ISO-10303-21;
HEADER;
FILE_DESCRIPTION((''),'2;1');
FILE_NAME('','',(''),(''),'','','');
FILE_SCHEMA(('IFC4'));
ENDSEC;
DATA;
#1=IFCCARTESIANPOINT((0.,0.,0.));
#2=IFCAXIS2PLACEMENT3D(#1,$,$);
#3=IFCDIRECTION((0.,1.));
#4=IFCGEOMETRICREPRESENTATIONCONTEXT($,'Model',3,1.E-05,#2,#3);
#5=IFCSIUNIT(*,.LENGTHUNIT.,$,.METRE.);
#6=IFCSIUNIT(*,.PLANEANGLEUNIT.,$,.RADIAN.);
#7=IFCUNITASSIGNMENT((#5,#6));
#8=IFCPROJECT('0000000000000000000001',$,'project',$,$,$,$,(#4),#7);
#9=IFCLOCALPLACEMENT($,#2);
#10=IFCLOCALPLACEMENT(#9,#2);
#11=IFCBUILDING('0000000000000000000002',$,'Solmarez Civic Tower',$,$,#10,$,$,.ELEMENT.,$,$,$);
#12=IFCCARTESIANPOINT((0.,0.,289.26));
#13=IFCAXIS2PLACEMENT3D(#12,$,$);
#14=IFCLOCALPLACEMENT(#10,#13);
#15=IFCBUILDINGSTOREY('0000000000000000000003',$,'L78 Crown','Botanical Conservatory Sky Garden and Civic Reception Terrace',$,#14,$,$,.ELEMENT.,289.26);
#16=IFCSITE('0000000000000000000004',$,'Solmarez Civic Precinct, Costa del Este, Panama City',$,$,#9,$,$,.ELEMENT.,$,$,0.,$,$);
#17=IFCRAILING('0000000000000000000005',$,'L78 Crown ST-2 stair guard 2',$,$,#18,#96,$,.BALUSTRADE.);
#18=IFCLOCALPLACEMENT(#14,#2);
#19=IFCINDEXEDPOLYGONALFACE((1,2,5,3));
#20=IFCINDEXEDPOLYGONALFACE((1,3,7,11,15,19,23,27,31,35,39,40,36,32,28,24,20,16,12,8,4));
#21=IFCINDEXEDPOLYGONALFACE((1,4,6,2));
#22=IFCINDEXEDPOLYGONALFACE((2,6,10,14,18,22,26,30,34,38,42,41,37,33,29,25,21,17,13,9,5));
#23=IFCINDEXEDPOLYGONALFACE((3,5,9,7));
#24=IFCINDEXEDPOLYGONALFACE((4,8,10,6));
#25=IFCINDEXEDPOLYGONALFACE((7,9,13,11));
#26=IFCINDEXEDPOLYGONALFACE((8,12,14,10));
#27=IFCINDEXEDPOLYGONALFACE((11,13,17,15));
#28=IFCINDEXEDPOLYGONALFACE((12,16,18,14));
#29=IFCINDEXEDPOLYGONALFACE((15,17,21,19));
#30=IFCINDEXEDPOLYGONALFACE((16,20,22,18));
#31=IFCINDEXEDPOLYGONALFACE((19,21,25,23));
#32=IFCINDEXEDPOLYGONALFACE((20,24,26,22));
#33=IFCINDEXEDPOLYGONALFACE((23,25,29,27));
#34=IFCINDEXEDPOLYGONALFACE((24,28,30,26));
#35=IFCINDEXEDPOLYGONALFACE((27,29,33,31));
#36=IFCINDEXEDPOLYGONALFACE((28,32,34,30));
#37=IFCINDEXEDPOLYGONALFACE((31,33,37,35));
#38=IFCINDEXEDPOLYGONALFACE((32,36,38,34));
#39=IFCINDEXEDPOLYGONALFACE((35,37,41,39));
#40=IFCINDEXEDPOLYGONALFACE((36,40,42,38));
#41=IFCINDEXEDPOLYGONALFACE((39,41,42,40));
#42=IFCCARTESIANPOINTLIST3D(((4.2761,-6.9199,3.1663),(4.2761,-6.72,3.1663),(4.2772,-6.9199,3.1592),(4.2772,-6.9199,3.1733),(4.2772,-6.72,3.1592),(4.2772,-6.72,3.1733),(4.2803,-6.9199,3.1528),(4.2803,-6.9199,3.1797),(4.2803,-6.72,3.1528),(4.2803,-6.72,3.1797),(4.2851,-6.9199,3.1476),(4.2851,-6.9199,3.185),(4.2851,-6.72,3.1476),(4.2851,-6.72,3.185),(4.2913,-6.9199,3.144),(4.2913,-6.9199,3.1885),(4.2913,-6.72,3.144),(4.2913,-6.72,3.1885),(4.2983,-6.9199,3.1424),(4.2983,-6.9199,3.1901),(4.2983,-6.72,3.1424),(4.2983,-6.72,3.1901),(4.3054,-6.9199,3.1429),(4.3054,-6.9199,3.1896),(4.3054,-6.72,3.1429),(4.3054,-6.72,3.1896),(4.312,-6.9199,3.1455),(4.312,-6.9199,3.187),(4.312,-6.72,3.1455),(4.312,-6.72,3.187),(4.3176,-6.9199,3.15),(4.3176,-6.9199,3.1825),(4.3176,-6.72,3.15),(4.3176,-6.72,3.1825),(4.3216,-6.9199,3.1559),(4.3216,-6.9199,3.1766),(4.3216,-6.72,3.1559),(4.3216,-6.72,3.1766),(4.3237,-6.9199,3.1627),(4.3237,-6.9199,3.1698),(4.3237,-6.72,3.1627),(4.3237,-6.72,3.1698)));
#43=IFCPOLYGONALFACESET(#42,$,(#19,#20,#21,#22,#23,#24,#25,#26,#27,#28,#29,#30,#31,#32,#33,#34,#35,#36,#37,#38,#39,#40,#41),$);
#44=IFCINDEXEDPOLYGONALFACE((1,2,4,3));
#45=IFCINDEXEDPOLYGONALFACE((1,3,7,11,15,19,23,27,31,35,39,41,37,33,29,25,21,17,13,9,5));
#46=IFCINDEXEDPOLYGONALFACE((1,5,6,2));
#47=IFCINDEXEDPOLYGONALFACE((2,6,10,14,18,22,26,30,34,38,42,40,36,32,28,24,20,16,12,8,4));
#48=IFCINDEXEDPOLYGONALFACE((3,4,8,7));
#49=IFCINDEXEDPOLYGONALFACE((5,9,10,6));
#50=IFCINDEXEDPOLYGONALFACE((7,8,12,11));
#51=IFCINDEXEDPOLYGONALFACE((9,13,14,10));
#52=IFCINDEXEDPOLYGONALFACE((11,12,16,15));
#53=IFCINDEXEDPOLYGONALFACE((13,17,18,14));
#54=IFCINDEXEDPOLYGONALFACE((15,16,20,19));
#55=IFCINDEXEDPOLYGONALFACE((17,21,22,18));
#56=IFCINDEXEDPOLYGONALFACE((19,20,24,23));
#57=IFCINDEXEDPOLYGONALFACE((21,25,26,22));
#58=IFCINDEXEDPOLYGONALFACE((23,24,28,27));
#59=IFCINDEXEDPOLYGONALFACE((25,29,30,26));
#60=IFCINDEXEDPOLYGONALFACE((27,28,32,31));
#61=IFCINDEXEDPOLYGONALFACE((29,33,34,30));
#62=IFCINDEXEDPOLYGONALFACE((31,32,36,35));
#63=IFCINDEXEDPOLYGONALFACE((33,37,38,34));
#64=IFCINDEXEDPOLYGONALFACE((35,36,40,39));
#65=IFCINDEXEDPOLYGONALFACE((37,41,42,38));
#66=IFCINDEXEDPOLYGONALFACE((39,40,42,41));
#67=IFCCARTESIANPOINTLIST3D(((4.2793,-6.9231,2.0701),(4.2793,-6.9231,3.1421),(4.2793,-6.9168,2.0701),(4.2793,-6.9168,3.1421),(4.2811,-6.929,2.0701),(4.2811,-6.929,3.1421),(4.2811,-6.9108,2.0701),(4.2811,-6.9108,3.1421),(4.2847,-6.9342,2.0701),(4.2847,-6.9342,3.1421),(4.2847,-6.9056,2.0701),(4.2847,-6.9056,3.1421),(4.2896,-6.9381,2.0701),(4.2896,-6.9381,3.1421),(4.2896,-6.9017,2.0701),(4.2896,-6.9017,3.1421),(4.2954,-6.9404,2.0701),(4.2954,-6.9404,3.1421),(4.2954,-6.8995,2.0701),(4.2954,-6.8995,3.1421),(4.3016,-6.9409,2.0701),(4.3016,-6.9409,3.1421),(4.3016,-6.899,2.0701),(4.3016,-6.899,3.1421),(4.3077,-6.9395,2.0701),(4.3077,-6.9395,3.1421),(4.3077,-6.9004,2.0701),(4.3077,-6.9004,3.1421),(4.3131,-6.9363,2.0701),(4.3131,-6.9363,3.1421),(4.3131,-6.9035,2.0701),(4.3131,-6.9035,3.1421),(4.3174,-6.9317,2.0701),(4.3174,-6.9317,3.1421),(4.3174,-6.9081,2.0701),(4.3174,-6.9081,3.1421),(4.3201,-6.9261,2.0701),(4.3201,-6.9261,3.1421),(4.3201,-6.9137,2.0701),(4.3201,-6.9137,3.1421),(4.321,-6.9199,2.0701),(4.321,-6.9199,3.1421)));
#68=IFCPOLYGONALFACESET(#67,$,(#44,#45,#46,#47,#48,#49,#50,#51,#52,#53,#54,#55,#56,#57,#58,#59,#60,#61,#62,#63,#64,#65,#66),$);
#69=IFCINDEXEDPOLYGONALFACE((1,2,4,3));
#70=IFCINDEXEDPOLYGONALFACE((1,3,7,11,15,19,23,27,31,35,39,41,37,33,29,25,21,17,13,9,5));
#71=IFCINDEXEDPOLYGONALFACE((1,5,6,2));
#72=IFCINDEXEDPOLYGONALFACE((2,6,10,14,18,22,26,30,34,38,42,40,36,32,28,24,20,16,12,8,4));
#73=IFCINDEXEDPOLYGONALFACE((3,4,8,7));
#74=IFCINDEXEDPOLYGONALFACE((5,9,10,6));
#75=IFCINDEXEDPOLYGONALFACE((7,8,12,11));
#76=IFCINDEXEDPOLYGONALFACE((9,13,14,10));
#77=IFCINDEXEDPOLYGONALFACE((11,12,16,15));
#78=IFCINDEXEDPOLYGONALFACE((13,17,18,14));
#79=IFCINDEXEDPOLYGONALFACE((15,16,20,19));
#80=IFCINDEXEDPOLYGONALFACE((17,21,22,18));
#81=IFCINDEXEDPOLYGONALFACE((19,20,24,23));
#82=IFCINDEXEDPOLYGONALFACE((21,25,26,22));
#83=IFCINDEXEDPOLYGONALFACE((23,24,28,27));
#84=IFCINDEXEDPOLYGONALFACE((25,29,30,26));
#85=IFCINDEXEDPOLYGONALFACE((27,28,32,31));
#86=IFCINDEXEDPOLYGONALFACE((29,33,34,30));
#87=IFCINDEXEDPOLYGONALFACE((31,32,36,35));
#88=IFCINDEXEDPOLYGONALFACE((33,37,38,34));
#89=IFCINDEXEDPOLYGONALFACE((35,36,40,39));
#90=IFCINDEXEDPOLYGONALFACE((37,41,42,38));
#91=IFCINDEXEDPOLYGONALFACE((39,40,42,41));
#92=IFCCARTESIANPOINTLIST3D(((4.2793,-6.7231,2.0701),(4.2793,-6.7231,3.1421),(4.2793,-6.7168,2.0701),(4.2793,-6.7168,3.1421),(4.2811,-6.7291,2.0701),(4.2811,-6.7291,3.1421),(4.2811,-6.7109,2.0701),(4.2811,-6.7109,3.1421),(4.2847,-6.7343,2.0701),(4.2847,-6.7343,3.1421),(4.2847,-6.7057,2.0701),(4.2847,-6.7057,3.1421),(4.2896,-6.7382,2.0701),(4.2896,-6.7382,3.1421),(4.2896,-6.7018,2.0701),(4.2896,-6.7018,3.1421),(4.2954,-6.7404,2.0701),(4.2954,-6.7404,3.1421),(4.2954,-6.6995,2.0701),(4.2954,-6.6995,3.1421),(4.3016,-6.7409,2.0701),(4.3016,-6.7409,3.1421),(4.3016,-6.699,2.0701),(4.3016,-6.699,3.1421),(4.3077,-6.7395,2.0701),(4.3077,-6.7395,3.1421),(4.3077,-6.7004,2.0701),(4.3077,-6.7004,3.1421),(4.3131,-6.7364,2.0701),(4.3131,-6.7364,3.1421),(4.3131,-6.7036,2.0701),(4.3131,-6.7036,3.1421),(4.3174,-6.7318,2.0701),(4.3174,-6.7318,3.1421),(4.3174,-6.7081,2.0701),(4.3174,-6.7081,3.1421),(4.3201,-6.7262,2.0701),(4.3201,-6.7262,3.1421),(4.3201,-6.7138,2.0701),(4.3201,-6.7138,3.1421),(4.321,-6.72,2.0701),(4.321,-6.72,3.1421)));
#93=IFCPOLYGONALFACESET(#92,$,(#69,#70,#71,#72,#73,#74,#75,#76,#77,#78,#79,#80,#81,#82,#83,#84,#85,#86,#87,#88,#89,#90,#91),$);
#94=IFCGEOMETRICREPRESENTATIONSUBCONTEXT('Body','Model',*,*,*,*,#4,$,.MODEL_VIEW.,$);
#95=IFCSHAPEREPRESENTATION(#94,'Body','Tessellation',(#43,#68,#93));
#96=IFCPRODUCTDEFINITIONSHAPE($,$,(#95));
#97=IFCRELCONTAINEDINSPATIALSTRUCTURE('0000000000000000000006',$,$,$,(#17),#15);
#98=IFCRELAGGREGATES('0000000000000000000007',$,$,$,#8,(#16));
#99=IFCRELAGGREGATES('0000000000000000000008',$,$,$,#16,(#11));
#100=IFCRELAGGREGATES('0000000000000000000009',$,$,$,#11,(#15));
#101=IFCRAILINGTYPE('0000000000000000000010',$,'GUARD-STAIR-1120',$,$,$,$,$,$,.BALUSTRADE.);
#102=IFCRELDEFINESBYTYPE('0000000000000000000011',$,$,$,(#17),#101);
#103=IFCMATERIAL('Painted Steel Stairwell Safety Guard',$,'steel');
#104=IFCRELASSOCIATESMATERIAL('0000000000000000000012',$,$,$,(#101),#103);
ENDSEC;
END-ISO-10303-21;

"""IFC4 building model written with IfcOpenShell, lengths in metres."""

from ifc_helpers import new_model, si_unit, direction, frame, origin, origin_2d, place, context, subcontext, project, spatial, circle, extrude, material, type_object, element, save


model = new_model("IFC4")

# Units and contexts
model_context = context("Model", 3, precision=1e-05, world=origin(), true_north=direction((0.0, 1.0)))
body_context = subcontext(model_context, "Body", "Model", "MODEL_VIEW")
ifc_project = project(units=[si_unit("LENGTHUNIT", "METRE"), si_unit("PLANEANGLEUNIT", "RADIAN")], contexts=[model_context])

# Site, building, storey
site_placement = place(None, origin())
site = spatial("IfcSite", under=ifc_project, at=site_placement, Name="Solmarez Civic Precinct, Costa del Este, Panama City", CompositionType="ELEMENT", RefElevation=0.0)
building_placement = place(site_placement, origin())
building = spatial("IfcBuilding", under=site, at=building_placement, Name="Solmarez Civic Tower", CompositionType="ELEMENT")
storey_placement = place(building_placement, frame((0.0, 0.0, 289.26)))
storey = spatial("IfcBuildingStorey", under=building, at=storey_placement, Name="L78 Crown", Description="Botanical Conservatory Sky Garden and Civic Reception Terrace", CompositionType="ELEMENT", Elevation=289.26)

# Railing
ifc_material_1 = material(Name="Painted Steel Stairwell Safety Guard", Category="steel")
railing_type_1 = type_object("IfcRailingType", Name="GUARD-STAIR-1120", PredefinedType="BALUSTRADE", material=ifc_material_1)
railing_1_placement = place(storey_placement, frame((4.3, -6.9199, 2.0701)))
element("IfcRailing", 1, at=railing_1_placement, inside=storey, type_object=railing_type_1, Name="L78 Crown ST-2 stair guard 2", PredefinedType="BALUSTRADE", context=body_context, shape_type="SweptSolid", body=[
    extrude(circle(Radius=0.0239, at=origin_2d()), frame((0.0, 0.0, 1.0962), z_axis=(0.0, 1.0, 0.0), x_axis=(-1.0, 0.0, 0.0)), (0.0, 0.0, 1.0), 0.2),
    extrude(circle(Radius=0.021, at=origin_2d()), origin(), (0.0, 0.0, 1.0), 1.072),
    extrude(circle(Radius=0.021, at=origin_2d()), frame((0.0, 0.2, 0.0)), (0.0, 0.0, 1.0), 1.072),
])

save(model, "model.ifc")
